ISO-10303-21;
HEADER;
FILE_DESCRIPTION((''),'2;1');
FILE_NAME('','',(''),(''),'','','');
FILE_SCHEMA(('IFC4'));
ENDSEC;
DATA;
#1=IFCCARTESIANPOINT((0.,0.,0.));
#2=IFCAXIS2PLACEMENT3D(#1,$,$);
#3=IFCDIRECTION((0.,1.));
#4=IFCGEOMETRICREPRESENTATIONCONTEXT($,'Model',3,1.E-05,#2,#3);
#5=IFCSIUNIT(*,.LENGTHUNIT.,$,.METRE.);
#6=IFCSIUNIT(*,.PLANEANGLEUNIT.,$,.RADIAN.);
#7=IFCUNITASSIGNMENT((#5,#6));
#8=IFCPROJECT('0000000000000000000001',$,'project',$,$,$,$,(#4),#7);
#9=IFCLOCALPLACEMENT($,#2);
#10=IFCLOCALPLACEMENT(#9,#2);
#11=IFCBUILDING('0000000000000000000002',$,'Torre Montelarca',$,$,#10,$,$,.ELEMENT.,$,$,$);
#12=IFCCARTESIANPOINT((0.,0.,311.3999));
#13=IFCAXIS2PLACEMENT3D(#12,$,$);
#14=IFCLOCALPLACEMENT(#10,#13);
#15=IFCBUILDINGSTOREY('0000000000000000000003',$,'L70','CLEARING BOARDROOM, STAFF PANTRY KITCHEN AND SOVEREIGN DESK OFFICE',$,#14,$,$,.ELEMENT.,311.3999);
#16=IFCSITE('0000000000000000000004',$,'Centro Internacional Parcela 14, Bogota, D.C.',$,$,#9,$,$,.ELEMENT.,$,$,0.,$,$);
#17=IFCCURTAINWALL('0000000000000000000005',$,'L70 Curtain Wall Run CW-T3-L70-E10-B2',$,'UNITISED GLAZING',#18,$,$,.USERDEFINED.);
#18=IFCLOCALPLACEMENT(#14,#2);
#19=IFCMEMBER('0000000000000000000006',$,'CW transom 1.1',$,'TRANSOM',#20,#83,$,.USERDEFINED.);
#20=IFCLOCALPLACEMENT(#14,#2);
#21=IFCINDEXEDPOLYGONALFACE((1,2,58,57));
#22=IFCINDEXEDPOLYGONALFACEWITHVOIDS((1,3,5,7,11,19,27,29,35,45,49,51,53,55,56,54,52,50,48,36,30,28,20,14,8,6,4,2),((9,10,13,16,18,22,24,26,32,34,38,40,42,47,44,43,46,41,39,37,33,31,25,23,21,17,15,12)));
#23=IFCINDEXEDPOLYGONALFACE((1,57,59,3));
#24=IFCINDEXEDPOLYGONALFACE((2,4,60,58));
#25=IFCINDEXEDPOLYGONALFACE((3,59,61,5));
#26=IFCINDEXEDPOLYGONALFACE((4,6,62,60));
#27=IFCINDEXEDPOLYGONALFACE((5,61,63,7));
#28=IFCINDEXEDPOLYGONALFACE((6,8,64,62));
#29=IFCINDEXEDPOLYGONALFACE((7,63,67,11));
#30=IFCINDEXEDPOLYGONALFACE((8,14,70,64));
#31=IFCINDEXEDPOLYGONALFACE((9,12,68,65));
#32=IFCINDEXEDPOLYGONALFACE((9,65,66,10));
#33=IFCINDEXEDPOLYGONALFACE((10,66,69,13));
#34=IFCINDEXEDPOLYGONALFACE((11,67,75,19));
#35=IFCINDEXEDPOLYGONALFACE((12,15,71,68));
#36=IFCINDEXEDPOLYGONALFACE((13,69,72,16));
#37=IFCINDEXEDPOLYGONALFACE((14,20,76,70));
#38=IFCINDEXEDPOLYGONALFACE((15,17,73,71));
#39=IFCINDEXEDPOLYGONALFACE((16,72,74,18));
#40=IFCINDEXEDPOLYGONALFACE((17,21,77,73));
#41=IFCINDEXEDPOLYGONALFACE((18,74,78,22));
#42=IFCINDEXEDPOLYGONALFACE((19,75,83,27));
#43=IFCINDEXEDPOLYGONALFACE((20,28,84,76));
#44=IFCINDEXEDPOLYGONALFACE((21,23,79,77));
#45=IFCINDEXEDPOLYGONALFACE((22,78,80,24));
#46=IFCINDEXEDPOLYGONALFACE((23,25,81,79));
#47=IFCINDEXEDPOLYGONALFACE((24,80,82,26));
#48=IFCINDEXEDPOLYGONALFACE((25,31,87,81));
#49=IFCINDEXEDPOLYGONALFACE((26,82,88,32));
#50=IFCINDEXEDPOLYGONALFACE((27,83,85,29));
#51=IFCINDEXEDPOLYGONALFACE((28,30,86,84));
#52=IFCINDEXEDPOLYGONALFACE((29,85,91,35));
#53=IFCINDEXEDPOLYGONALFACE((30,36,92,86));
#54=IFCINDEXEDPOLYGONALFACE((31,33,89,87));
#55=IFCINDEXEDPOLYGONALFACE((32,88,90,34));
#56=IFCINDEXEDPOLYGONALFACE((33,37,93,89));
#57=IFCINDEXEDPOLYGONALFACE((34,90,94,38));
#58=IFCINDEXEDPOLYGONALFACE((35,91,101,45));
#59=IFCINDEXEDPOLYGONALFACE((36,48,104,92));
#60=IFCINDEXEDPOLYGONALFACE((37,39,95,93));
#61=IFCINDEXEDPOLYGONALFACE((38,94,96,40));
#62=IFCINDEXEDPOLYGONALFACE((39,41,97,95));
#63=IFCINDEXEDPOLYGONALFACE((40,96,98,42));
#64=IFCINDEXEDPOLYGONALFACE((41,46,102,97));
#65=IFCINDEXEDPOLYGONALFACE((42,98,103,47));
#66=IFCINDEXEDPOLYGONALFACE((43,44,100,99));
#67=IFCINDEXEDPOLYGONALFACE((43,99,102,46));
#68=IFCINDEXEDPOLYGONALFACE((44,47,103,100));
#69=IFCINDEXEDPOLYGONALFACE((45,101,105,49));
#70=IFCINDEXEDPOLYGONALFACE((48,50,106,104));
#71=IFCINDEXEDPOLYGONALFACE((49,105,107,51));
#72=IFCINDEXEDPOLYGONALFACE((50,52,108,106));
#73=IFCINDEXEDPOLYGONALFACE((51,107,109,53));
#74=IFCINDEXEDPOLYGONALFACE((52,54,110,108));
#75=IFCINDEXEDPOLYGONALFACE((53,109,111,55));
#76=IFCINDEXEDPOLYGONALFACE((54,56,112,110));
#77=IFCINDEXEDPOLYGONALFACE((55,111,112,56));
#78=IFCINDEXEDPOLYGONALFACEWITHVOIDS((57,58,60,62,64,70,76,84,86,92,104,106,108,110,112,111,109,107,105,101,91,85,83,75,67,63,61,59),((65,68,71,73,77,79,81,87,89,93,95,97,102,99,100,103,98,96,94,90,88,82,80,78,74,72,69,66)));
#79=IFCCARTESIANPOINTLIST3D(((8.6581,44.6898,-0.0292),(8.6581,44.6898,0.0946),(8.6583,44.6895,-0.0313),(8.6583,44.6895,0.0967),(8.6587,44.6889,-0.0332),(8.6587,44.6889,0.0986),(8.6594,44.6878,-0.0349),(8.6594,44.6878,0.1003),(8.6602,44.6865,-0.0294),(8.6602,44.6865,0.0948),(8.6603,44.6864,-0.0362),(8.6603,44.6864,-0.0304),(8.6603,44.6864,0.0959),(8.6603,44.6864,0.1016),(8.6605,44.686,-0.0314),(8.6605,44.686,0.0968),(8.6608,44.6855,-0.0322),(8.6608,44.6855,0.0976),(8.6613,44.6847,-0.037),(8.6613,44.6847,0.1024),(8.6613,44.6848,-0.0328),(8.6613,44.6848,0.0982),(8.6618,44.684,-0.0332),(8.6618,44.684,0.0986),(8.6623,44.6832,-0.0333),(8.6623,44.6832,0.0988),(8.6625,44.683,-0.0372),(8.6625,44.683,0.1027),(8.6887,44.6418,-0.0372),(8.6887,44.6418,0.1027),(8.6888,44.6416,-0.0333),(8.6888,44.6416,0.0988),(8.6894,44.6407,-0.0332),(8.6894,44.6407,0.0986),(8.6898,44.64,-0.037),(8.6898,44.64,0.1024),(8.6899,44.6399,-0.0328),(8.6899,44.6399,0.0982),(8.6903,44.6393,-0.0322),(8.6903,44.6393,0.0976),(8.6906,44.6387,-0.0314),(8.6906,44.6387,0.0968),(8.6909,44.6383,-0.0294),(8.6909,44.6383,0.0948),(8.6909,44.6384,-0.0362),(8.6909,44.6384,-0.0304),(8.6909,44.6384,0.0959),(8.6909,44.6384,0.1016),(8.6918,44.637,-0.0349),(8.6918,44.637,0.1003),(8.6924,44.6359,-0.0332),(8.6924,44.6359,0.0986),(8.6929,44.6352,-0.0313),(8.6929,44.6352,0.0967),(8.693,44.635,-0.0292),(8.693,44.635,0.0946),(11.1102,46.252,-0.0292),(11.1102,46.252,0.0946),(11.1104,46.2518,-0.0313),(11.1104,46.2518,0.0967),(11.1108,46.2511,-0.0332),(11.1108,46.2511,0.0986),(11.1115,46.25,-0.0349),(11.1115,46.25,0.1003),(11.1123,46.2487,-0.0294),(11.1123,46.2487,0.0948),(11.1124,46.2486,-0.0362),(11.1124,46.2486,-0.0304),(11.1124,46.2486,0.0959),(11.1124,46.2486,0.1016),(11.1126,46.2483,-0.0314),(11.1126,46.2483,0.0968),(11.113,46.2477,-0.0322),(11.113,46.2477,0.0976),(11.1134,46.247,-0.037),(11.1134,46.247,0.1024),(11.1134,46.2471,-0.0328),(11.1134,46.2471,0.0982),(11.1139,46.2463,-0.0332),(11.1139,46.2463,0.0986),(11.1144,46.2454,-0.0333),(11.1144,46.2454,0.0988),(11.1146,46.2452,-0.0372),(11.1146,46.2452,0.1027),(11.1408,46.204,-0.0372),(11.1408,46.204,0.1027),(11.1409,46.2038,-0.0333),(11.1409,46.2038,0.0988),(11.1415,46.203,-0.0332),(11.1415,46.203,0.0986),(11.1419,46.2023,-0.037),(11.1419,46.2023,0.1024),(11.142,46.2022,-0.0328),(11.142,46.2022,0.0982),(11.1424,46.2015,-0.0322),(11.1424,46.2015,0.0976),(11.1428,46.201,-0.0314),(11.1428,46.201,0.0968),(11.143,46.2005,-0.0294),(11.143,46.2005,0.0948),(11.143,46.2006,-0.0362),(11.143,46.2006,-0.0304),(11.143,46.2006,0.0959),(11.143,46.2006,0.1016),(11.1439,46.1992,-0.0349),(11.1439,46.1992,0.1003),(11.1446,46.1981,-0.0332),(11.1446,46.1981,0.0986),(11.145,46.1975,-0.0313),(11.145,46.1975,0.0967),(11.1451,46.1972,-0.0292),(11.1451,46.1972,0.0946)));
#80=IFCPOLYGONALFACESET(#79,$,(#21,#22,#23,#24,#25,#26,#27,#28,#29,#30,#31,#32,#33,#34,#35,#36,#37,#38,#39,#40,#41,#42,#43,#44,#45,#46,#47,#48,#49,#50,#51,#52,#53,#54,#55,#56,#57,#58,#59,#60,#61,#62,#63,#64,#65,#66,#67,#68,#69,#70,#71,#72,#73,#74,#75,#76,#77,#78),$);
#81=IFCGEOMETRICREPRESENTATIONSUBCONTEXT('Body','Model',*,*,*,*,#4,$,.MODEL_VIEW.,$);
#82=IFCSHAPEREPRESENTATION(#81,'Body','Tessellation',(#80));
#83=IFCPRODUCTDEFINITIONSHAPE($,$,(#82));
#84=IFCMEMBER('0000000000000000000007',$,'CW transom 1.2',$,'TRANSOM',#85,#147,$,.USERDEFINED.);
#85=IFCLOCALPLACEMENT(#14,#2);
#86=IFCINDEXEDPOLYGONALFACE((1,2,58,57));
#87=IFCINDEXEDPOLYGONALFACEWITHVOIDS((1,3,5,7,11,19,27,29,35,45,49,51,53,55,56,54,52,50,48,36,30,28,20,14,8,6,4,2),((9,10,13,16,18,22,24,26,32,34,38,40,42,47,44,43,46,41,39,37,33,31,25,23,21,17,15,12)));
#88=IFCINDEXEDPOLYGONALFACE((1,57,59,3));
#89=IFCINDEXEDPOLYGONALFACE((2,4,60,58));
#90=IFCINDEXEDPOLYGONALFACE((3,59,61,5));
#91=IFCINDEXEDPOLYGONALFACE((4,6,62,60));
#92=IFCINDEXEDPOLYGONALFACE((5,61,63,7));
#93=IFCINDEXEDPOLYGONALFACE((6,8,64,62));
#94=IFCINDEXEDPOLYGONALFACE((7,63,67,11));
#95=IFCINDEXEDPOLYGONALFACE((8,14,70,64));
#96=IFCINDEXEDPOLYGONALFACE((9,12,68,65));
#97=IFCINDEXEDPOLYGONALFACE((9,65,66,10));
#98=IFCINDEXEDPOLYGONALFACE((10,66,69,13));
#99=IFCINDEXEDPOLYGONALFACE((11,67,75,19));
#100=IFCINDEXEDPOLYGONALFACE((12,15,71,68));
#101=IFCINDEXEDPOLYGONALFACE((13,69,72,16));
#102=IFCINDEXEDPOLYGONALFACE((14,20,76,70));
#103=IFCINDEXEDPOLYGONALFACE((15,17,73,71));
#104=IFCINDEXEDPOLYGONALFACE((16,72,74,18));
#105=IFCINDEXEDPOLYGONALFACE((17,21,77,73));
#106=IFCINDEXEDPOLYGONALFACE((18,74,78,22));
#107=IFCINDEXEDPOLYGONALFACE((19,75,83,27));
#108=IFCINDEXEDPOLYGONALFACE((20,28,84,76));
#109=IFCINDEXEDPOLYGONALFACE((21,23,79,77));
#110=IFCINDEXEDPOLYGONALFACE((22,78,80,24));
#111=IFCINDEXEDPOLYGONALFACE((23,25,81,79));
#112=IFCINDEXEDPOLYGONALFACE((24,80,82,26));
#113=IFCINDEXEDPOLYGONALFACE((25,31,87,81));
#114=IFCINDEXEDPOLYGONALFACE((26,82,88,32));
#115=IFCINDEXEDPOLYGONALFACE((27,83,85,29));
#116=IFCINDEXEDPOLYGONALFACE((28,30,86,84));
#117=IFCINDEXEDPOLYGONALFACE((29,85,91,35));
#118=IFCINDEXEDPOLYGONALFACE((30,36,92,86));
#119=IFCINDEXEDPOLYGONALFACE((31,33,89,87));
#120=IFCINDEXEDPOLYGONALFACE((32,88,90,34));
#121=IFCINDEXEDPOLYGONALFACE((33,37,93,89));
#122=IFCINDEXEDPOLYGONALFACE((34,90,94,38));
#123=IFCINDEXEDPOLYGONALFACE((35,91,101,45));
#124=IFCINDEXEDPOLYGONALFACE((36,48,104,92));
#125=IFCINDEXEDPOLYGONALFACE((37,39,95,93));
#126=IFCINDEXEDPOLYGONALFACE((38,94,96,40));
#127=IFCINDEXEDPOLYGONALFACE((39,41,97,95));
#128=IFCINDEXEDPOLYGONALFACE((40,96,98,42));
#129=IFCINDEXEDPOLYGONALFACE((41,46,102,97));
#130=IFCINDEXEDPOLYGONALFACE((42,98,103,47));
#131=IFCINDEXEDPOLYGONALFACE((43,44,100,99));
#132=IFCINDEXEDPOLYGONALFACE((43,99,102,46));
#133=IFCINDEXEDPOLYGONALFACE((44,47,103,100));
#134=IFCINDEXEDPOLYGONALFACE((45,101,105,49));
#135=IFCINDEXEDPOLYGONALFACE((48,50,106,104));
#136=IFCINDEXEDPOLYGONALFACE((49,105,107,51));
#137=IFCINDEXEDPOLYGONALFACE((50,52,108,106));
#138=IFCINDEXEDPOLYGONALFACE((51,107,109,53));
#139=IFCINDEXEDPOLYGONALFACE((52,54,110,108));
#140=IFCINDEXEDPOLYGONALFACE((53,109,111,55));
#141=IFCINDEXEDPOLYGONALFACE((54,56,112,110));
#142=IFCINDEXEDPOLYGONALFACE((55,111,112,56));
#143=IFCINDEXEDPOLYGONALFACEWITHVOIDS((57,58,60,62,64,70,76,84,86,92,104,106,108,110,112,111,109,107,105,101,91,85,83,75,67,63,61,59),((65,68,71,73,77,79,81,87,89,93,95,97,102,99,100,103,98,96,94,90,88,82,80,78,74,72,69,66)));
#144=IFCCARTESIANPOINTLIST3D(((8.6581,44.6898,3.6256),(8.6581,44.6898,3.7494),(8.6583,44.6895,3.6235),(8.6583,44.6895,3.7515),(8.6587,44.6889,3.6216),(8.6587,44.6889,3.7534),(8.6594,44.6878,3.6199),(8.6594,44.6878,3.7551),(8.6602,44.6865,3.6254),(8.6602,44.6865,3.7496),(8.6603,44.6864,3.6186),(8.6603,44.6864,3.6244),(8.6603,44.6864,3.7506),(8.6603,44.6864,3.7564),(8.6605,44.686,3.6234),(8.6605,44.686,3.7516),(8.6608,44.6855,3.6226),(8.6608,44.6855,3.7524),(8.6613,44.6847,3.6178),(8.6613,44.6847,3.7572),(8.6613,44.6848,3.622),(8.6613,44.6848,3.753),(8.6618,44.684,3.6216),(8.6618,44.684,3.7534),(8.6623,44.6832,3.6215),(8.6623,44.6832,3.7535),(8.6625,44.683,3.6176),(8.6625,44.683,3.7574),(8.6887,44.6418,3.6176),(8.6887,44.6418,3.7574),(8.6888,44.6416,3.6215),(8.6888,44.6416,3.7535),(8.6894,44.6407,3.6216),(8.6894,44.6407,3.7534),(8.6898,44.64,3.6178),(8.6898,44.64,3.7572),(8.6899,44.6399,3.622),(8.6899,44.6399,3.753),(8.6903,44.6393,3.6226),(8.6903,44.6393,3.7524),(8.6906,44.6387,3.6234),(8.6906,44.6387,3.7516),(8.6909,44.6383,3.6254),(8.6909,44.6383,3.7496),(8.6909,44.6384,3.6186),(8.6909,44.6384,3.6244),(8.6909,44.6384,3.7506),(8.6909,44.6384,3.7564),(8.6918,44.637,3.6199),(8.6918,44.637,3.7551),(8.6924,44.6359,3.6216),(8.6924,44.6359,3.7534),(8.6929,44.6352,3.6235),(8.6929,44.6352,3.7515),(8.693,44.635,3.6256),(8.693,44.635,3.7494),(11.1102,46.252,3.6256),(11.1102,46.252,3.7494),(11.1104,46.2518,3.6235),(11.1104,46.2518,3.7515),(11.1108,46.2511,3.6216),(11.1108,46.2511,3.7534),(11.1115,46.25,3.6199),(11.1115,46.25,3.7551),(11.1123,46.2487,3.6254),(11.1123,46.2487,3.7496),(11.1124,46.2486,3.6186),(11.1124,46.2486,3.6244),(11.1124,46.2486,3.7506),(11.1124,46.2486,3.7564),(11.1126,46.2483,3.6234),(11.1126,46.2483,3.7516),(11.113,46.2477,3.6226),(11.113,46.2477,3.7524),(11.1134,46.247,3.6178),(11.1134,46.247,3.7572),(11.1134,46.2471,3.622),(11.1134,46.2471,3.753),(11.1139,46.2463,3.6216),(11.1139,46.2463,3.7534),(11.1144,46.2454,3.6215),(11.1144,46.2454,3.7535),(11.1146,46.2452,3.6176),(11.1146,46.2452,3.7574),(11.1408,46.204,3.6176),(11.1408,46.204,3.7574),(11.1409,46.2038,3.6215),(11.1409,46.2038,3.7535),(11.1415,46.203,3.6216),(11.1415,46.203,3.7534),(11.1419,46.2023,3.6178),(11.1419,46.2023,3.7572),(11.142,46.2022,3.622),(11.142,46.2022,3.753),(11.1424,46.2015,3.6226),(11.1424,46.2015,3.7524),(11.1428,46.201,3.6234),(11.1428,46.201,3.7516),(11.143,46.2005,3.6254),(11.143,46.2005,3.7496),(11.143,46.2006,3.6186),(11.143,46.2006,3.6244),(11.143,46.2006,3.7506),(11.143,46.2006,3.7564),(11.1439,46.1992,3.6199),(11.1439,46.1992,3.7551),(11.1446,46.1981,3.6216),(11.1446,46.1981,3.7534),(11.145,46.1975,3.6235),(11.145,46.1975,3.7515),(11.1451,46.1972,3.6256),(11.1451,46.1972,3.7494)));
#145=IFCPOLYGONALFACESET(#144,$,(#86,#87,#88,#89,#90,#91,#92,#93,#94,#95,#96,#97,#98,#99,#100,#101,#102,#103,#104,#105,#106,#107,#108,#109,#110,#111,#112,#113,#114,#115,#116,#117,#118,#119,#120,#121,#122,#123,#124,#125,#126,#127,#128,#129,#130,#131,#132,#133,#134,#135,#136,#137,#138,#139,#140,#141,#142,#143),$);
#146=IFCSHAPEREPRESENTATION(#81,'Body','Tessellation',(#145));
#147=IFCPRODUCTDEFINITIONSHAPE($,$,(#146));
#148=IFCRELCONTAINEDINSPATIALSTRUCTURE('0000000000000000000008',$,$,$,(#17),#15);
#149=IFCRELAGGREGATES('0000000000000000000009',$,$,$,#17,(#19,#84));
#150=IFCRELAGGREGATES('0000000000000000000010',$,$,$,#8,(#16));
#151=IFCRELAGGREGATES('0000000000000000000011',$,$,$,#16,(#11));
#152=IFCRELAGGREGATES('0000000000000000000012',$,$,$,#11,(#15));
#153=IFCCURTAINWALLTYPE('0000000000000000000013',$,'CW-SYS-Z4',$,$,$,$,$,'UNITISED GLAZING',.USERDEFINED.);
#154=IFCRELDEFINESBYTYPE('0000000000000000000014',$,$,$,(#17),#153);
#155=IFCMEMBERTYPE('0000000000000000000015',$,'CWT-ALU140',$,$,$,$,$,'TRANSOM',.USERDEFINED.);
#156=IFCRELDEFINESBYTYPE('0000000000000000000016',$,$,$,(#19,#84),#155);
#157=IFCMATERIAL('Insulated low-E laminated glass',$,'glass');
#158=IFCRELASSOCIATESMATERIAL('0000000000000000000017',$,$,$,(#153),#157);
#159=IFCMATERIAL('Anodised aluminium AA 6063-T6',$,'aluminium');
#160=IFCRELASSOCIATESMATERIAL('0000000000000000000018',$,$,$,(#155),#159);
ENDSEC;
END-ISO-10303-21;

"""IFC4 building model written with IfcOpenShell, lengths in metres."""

from ifc_helpers import new_model, si_unit, direction, frame, origin, origin_2d, place, context, subcontext, project, spatial, hollow_rectangle, extrude, source, transform, mapped, material, material_profile, profile_set, type_object, element, aggregate, save


model = new_model("IFC4")

# Units and contexts
model_context = context("Model", 3, precision=1e-05, world=origin(), true_north=direction((0.0, 1.0)))
body_context = subcontext(model_context, "Body", "Model", "MODEL_VIEW")
ifc_project = project(units=[si_unit("LENGTHUNIT", "METRE"), si_unit("PLANEANGLEUNIT", "RADIAN")], contexts=[model_context])

# Site, building, storey
site_placement = place(None, origin())
site = spatial("IfcSite", under=ifc_project, at=site_placement, Name="Centro Internacional Parcela 14, Bogota, D.C.", CompositionType="ELEMENT", RefElevation=0.0)
building_placement = place(site_placement, origin())
building = spatial("IfcBuilding", under=site, at=building_placement, Name="Torre Montelarca", CompositionType="ELEMENT")
storey_placement = place(building_placement, frame((0.0, 0.0, 311.3999)))
storey = spatial("IfcBuildingStorey", under=building, at=storey_placement, Name="L70", Description="CLEARING BOARDROOM, STAFF PANTRY KITCHEN AND SOVEREIGN DESK OFFICE", CompositionType="ELEMENT", Elevation=311.3999)

# Curtain wall
ifc_material_1 = material(Name="Insulated low-E laminated glass", Category="glass")
curtain_wall_type = type_object("IfcCurtainWallType", Name="CW-SYS-Z4", ElementType="UNITISED GLAZING", PredefinedType="USERDEFINED", material=ifc_material_1)
curtain_wall_1_placement = place(storey_placement, origin())
curtain_wall_1 = element("IfcCurtainWall", 1, at=curtain_wall_1_placement, inside=storey, type_object=curtain_wall_type, Name="L70 Curtain Wall Run CW-T3-L70-E10-B2", ObjectType="UNITISED GLAZING", PredefinedType="USERDEFINED")
ifc_material_2 = material(Name="Anodised aluminium AA 6063-T6", Category="aluminium")

# Members
ifc_material_profile_1 = material_profile(ifc_material_2, hollow_rectangle(XDim=0.0649, YDim=0.1399, WallThickness=0.0039, InnerFilletRadius=0.0039, OuterFilletRadius=0.0081, at=origin_2d()), Name="ALU65X140X4", Category="aluminium")
ifc_profile_set_1 = profile_set([ifc_material_profile_1], Name="Anodised aluminium AA 6063-T6")
member_type_1 = type_object("IfcMemberType", Name="CWT-ALU140", ElementType="TRANSOM", PredefinedType="USERDEFINED", material=ifc_profile_set_1)
shared_shape_1 = source(origin(), body_context, "Body", "SweptSolid", [
    extrude(hollow_rectangle(XDim=0.0649, YDim=0.1399, WallThickness=0.0039, InnerFilletRadius=0.0039, OuterFilletRadius=0.0081, at=origin_2d()), origin(), (0.0, 0.0, 1.0), 2.9075),
])
member_1_placement = place(storey_placement, frame((11.1277, 46.2246, 0.0327), z_axis=(-0.843381, -0.537316, 0.0), x_axis=(0.537316, -0.843381, 0.0)))
member_1 = element("IfcMember", 2, at=member_1_placement, type_object=member_type_1, Name="CW transom 1.1", ObjectType="TRANSOM", PredefinedType="USERDEFINED", context=body_context, shape_type="MappedRepresentation", body=[
    mapped(shared_shape_1, transform((0.0, 0.0, 0.0), scale=1.0)),
])
member_2_placement = place(storey_placement, frame((11.1277, 46.2246, 3.6875), z_axis=(-0.843381, -0.537316, 0.0), x_axis=(0.537316, -0.843381, 0.0)))
member_2 = element("IfcMember", 3, at=member_2_placement, type_object=member_type_1, Name="CW transom 1.2", ObjectType="TRANSOM", PredefinedType="USERDEFINED", context=body_context, shape_type="MappedRepresentation", body=[
    mapped(shared_shape_1, transform((0.0, 0.0, 0.0), scale=1.0)),
])

aggregate(curtain_wall_1, [member_1, member_2])

save(model, "model.ifc")
